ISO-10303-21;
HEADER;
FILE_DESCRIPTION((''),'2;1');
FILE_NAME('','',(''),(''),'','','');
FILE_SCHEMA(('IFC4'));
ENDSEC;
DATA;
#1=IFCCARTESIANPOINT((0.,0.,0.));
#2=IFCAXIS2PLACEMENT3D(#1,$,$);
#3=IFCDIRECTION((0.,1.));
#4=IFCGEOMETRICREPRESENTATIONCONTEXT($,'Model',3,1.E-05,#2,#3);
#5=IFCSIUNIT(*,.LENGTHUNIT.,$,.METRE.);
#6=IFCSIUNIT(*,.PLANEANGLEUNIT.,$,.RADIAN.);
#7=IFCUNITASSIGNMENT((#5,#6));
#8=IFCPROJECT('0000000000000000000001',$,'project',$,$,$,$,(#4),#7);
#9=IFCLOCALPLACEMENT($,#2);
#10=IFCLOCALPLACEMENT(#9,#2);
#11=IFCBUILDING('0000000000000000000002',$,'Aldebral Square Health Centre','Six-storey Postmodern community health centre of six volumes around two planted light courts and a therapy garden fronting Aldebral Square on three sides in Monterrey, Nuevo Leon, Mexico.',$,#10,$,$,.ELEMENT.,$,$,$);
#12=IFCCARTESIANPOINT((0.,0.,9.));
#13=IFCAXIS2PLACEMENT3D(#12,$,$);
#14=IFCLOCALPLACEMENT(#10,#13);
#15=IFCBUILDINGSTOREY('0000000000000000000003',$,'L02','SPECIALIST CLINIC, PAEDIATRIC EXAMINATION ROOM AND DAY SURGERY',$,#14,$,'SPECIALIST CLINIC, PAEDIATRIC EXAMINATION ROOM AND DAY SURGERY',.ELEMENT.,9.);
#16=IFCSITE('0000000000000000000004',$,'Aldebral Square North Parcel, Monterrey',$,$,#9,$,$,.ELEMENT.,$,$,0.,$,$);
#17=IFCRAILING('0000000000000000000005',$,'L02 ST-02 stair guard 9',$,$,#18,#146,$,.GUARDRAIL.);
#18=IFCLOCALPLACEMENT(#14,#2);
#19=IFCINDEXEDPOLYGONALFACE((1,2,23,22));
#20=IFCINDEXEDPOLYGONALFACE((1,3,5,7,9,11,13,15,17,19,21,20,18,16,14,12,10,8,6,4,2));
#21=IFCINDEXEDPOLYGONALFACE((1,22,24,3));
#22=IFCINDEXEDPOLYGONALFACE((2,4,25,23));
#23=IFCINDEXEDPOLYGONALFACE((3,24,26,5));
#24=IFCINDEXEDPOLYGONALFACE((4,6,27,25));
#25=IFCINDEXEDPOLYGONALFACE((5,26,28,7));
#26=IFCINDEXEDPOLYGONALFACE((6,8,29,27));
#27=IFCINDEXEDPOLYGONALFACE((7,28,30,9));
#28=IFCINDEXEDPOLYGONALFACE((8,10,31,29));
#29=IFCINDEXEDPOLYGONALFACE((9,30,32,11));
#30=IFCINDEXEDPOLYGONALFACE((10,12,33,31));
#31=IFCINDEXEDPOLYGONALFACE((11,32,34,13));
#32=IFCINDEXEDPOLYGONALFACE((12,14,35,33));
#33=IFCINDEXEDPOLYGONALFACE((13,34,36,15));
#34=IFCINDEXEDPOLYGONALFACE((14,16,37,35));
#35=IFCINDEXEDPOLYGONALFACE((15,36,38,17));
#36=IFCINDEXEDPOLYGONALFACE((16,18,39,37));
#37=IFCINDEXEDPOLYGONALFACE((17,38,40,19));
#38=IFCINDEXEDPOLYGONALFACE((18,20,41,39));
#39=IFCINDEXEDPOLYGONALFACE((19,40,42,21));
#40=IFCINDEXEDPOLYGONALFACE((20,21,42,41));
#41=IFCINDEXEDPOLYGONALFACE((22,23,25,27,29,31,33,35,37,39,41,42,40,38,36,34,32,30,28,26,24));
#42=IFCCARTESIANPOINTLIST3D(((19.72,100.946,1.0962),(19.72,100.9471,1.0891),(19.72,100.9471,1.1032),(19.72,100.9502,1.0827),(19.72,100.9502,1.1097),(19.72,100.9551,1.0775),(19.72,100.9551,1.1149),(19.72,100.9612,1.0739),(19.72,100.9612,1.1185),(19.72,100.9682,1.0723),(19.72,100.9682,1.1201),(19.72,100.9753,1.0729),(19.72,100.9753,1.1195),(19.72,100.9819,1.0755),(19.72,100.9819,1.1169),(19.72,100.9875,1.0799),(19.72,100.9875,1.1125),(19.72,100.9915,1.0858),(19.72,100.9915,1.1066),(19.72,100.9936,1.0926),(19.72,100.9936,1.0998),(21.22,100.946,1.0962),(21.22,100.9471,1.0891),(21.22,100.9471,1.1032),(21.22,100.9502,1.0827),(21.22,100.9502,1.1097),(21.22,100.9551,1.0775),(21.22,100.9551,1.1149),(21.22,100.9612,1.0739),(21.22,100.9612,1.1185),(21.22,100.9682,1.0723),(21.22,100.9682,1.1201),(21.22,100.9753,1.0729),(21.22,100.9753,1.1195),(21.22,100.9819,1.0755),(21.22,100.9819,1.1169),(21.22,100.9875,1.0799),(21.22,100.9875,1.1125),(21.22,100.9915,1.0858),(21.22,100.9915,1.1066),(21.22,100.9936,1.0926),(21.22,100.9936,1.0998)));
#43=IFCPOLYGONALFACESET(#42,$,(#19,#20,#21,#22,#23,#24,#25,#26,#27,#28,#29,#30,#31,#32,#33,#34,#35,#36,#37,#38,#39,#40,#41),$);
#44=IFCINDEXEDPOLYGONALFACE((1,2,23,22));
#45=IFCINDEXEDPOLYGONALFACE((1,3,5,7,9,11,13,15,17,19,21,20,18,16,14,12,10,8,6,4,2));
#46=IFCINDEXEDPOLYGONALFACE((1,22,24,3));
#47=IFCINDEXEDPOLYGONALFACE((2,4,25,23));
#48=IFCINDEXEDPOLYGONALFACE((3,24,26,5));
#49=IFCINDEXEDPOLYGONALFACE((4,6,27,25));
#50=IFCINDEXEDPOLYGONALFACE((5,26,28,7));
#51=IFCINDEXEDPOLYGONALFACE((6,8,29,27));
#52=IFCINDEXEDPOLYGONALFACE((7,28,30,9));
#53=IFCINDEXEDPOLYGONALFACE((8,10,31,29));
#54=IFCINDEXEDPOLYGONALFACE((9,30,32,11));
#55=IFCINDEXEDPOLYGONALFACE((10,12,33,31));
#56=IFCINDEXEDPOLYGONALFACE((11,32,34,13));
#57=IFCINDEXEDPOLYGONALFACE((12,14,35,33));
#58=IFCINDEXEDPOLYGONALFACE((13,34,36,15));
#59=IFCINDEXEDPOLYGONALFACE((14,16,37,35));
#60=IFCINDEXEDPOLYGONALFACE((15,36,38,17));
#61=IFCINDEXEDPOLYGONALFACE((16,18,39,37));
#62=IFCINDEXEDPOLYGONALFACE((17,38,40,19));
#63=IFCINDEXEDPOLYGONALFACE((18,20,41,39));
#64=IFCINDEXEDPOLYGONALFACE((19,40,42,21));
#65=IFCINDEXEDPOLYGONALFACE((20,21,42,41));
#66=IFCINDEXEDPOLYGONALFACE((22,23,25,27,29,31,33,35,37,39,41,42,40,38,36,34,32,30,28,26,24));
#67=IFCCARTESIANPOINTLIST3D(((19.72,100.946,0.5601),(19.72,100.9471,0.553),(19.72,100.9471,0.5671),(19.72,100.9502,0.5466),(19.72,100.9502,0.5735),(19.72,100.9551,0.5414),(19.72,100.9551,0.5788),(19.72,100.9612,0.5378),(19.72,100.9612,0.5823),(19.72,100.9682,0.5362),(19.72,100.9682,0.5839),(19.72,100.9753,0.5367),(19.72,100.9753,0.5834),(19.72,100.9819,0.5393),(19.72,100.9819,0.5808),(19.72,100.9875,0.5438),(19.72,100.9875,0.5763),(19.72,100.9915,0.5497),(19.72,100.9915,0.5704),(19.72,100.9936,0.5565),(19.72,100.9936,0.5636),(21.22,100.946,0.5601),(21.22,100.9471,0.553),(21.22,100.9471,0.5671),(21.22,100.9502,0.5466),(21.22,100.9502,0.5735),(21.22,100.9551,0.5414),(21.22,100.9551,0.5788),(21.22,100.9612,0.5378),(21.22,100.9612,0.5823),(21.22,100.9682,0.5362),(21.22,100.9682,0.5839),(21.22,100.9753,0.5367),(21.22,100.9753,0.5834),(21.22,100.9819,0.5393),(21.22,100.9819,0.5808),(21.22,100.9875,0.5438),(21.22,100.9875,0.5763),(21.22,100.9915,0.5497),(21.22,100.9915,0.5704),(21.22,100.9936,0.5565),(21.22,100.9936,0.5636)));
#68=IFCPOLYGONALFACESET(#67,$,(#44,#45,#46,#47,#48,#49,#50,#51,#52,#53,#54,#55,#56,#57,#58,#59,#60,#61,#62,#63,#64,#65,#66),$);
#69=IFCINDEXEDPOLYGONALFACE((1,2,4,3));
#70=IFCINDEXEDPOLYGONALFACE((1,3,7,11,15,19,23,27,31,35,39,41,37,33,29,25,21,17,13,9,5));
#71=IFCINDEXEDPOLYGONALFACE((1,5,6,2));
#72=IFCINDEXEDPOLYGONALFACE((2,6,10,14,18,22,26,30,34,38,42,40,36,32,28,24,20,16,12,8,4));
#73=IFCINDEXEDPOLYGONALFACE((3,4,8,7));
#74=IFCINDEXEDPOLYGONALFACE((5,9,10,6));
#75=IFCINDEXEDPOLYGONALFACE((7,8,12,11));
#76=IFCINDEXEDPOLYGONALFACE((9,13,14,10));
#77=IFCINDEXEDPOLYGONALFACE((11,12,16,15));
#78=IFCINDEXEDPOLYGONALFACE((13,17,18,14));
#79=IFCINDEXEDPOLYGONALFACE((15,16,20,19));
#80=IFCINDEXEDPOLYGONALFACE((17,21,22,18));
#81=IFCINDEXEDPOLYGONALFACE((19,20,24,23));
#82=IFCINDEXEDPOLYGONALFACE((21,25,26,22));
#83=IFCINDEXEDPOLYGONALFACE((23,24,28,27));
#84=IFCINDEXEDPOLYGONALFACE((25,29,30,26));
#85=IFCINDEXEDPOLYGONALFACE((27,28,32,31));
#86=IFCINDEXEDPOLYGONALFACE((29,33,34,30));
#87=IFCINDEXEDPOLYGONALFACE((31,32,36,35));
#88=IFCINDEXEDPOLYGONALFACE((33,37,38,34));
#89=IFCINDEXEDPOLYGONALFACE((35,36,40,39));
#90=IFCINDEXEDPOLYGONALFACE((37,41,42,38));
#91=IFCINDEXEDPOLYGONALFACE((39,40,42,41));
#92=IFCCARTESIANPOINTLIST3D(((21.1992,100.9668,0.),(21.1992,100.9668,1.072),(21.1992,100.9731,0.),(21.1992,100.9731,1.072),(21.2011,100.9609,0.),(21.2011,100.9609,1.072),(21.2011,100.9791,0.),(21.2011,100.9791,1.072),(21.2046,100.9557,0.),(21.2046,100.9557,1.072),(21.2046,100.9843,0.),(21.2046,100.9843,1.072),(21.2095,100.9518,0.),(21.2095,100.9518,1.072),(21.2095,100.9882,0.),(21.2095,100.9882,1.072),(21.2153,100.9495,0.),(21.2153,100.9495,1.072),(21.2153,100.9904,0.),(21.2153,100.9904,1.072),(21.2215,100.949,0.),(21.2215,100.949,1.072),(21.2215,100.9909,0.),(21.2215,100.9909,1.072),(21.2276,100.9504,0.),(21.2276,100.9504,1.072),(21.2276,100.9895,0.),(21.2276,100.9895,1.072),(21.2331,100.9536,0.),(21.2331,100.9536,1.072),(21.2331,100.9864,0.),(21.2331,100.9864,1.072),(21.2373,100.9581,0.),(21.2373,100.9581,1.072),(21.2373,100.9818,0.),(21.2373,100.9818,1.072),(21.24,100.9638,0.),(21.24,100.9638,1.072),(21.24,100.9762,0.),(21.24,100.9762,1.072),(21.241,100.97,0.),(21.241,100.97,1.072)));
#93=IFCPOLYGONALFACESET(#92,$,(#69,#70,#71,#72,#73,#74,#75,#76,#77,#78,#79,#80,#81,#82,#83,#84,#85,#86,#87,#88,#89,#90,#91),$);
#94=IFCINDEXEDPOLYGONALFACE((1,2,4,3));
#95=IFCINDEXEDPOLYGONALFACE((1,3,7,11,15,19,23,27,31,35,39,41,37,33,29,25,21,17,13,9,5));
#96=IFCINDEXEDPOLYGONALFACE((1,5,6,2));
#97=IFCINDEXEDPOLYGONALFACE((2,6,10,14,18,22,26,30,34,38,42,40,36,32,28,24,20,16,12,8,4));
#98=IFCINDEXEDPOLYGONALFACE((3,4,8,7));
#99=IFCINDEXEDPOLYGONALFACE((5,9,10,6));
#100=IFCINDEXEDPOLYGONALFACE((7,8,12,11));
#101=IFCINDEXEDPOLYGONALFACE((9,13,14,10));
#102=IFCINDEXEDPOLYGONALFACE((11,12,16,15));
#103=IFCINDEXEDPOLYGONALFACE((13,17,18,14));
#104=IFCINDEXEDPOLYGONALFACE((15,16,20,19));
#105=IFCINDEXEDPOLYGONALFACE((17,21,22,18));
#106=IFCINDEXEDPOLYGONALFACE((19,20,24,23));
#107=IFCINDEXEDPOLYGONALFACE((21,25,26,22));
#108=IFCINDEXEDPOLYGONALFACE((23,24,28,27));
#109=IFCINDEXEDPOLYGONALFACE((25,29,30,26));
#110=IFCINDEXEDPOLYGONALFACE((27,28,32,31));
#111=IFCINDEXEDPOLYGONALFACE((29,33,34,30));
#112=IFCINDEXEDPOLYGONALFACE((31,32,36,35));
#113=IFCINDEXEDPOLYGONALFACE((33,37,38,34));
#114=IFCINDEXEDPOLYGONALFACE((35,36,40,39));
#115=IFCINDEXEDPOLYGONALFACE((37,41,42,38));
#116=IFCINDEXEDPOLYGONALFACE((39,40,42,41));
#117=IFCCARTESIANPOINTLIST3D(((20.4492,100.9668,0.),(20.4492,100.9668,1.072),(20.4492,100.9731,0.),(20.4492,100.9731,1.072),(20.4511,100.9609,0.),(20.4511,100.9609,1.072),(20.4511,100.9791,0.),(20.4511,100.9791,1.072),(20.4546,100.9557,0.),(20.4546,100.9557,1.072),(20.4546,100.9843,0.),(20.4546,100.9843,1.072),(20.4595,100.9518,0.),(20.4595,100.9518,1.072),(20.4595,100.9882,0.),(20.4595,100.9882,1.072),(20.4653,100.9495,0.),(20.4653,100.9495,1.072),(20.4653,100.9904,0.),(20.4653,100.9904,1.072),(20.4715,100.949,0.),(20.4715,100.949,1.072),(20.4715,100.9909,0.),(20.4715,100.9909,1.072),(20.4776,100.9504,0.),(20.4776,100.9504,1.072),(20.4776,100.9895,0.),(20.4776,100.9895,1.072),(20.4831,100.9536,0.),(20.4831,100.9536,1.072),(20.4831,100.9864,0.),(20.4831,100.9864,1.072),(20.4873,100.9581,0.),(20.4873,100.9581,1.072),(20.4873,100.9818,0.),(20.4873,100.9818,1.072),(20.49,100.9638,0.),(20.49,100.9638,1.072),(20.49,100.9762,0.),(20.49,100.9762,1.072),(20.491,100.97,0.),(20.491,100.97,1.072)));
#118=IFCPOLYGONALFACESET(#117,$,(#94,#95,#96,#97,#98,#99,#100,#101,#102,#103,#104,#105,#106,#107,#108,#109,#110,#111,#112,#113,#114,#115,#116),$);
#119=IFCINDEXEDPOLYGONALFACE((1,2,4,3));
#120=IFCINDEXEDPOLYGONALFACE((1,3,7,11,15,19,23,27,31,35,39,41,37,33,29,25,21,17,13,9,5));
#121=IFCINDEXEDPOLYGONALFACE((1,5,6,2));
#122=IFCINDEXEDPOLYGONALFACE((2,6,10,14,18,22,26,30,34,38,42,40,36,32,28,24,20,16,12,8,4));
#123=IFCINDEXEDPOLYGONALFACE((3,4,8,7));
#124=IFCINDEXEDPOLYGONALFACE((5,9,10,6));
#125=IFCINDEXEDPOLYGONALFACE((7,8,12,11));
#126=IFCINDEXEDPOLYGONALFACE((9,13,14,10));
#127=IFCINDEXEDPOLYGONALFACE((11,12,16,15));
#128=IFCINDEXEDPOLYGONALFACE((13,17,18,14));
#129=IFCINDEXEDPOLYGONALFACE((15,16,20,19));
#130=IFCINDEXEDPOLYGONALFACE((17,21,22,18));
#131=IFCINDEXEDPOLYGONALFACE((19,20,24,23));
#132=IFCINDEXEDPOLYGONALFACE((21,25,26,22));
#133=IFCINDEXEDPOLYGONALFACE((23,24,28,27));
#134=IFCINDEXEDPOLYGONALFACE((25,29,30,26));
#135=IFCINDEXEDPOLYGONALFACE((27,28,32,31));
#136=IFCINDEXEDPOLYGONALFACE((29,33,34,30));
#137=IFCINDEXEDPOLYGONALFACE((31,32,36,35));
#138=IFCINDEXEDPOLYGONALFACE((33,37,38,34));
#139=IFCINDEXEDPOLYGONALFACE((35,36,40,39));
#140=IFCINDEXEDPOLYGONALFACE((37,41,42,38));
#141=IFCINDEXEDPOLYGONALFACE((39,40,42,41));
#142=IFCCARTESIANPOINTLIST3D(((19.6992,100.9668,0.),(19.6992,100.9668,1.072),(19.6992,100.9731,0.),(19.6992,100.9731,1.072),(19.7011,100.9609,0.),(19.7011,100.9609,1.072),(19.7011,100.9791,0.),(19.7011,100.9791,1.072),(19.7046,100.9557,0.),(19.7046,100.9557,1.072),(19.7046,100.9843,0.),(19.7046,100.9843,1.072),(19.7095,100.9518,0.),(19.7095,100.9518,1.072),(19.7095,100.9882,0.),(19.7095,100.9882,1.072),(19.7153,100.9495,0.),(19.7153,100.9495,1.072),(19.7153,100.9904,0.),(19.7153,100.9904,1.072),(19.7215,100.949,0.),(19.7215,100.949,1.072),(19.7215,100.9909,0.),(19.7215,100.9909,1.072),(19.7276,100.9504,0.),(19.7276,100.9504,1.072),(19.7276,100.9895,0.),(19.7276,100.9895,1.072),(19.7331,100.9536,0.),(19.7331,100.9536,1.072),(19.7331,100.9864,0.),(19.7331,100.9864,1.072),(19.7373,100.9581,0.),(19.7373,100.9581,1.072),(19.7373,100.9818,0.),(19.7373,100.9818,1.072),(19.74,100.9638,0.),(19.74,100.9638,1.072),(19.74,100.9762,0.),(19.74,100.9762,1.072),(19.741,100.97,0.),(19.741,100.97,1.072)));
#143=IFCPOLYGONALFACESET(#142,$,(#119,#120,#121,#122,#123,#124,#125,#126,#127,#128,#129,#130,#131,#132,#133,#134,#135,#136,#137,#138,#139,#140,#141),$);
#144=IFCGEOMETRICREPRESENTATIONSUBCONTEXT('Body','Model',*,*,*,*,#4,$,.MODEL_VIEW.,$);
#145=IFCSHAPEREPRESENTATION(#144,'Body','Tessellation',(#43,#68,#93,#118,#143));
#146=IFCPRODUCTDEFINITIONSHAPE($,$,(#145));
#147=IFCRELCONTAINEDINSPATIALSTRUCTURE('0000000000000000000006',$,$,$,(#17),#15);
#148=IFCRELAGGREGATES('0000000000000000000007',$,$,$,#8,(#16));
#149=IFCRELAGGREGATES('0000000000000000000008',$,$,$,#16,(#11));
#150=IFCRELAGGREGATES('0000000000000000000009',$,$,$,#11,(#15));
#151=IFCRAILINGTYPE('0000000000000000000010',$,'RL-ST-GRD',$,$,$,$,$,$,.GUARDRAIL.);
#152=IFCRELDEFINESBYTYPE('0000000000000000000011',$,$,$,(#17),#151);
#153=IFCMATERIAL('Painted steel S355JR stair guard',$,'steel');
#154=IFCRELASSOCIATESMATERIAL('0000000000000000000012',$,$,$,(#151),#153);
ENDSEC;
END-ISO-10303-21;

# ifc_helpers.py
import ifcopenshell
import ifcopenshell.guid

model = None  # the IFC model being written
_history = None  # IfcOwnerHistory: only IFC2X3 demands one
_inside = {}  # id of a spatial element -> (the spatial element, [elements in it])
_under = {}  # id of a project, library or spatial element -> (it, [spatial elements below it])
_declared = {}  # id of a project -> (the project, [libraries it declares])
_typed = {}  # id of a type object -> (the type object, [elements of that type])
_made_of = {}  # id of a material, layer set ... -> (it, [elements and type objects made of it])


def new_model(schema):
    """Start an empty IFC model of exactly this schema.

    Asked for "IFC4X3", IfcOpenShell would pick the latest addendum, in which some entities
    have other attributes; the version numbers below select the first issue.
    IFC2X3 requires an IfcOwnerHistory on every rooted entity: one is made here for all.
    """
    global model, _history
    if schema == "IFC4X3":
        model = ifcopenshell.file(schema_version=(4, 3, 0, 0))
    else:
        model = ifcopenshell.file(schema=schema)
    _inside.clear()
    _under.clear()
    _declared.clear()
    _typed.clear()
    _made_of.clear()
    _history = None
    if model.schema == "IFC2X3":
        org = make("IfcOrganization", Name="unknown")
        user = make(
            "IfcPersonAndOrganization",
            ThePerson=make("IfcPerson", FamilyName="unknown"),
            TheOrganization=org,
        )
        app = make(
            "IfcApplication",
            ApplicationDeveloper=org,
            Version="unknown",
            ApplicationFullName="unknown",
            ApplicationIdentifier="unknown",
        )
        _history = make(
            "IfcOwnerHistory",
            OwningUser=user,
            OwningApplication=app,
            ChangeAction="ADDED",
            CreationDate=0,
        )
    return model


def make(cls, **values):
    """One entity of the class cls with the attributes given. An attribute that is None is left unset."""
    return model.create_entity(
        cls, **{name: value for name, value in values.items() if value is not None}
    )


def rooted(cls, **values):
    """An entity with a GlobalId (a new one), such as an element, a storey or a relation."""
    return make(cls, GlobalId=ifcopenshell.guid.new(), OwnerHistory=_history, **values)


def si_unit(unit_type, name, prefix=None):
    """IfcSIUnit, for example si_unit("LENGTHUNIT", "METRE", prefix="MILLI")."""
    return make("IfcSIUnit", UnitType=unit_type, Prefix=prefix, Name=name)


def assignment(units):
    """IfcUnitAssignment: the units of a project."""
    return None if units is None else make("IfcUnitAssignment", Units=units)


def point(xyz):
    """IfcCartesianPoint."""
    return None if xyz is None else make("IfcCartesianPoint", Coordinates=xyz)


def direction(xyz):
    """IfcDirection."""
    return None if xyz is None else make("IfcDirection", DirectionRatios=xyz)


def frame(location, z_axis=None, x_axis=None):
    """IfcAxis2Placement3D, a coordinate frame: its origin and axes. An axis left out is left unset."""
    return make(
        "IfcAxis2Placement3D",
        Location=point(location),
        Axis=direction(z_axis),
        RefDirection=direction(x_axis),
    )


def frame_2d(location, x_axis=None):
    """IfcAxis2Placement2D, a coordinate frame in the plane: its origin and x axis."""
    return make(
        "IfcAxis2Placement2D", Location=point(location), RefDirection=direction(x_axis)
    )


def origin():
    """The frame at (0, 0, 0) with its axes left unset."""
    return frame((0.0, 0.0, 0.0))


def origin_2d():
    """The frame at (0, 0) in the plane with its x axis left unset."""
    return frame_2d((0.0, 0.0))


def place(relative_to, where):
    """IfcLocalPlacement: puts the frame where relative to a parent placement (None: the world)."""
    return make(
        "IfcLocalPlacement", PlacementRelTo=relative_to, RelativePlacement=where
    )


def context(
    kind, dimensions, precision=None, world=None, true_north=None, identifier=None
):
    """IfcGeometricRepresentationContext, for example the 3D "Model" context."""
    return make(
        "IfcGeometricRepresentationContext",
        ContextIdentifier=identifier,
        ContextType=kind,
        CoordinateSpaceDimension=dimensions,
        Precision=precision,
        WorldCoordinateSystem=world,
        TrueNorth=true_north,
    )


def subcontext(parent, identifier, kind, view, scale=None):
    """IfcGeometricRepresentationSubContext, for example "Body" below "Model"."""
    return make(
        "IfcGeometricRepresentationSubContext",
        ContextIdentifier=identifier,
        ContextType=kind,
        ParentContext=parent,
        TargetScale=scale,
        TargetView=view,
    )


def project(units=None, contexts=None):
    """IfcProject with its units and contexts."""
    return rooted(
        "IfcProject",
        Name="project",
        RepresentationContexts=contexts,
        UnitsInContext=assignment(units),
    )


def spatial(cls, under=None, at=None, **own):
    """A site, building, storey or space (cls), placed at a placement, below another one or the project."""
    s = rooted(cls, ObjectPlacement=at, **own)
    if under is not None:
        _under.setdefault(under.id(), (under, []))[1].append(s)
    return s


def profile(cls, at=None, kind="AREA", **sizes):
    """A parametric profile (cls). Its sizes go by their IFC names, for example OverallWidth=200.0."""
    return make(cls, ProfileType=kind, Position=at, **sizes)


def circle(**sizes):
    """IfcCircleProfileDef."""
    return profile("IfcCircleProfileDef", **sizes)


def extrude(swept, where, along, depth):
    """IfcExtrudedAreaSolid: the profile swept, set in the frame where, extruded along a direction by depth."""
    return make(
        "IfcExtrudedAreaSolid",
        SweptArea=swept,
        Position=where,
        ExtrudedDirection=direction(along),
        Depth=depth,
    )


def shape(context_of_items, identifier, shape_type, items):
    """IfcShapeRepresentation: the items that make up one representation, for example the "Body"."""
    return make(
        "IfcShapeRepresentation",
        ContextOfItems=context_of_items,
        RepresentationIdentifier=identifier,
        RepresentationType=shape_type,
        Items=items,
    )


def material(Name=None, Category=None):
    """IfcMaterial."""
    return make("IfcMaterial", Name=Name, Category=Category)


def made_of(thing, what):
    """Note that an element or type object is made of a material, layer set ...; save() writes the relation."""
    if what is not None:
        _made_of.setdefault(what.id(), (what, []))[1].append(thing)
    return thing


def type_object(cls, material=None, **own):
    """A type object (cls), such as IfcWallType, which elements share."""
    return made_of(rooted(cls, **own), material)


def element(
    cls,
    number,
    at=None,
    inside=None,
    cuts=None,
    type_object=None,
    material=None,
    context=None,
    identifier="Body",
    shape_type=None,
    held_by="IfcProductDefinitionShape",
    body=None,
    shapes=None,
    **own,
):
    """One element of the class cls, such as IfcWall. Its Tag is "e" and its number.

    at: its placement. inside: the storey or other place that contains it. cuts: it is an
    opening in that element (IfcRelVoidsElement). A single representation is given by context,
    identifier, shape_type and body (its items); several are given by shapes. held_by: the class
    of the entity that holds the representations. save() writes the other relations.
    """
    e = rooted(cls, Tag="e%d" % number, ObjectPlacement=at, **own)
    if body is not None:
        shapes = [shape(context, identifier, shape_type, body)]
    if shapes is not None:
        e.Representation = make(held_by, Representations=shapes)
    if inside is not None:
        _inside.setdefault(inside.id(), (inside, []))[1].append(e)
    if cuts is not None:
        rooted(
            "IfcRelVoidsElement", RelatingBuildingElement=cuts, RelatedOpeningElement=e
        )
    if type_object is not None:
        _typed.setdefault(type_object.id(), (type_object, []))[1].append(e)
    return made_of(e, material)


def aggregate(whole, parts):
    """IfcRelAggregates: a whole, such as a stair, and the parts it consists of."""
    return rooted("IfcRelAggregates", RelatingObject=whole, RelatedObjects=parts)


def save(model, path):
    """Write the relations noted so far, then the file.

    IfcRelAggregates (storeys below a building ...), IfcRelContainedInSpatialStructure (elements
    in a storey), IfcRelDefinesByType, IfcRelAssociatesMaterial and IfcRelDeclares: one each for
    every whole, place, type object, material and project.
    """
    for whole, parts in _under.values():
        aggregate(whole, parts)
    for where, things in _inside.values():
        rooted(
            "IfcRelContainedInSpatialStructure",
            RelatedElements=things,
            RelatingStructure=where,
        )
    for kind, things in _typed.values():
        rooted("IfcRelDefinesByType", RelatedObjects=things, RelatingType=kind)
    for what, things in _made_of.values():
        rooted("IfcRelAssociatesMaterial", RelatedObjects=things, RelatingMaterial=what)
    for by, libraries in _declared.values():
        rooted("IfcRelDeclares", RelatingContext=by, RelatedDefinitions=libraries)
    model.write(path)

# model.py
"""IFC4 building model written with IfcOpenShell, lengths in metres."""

from ifc_helpers import new_model, si_unit, direction, frame, origin, origin_2d, place, context, subcontext, project, spatial, circle, extrude, material, type_object, element, save


model = new_model("IFC4")

# Units and contexts
model_context = context("Model", 3, precision=1e-05, world=origin(), true_north=direction((0.0, 1.0)))
body_context = subcontext(model_context, "Body", "Model", "MODEL_VIEW")
ifc_project = project(units=[si_unit("LENGTHUNIT", "METRE"), si_unit("PLANEANGLEUNIT", "RADIAN")], contexts=[model_context])

# Site, building, storey
site_placement = place(None, origin())
site = spatial("IfcSite", under=ifc_project, at=site_placement, Name="Aldebral Square North Parcel, Monterrey", CompositionType="ELEMENT", RefElevation=0.0)
building_placement = place(site_placement, origin())
building = spatial("IfcBuilding", under=site, at=building_placement, Name="Aldebral Square Health Centre", Description="Six-storey Postmodern community health centre of six volumes around two planted light courts and a therapy garden fronting Aldebral Square on three sides in Monterrey, Nuevo Leon, Mexico.", CompositionType="ELEMENT")
storey_placement = place(building_placement, frame((0.0, 0.0, 9.0)))
storey = spatial("IfcBuildingStorey", under=building, at=storey_placement, Name="L02", Description="SPECIALIST CLINIC, PAEDIATRIC EXAMINATION ROOM AND DAY SURGERY", LongName="SPECIALIST CLINIC, PAEDIATRIC EXAMINATION ROOM AND DAY SURGERY", CompositionType="ELEMENT", Elevation=9.0)

# Railing
ifc_material_1 = material(Name="Painted steel S355JR stair guard", Category="steel")
railing_type_1 = type_object("IfcRailingType", Name="RL-ST-GRD", PredefinedType="GUARDRAIL", material=ifc_material_1)
railing_1_placement = place(storey_placement, frame((21.22, 100.97, 0.0)))
element("IfcRailing", 1, at=railing_1_placement, inside=storey, type_object=railing_type_1, Name="L02 ST-02 stair guard 9", PredefinedType="GUARDRAIL", context=body_context, shape_type="SweptSolid", body=[
    extrude(circle(Radius=0.0239, at=origin_2d()), frame((0.0, 0.0, 1.0962), z_axis=(-1.0, 0.0, 0.0), x_axis=(0.0, -1.0, 0.0)), (0.0, 0.0, 1.0), 1.5),
    extrude(circle(Radius=0.0239, at=origin_2d()), frame((0.0, 0.0, 0.5601), z_axis=(-1.0, 0.0, 0.0), x_axis=(0.0, -1.0, 0.0)), (0.0, 0.0, 1.0), 1.5),
    extrude(circle(Radius=0.021, at=origin_2d()), origin(), (0.0, 0.0, 1.0), 1.072),
    extrude(circle(Radius=0.021, at=origin_2d()), frame((-0.75, 0.0, 0.0)), (0.0, 0.0, 1.0), 1.072),
    extrude(circle(Radius=0.021, at=origin_2d()), frame((-1.5, 0.0, 0.0)), (0.0, 0.0, 1.0), 1.072),
])

save(model, "model.ifc")
